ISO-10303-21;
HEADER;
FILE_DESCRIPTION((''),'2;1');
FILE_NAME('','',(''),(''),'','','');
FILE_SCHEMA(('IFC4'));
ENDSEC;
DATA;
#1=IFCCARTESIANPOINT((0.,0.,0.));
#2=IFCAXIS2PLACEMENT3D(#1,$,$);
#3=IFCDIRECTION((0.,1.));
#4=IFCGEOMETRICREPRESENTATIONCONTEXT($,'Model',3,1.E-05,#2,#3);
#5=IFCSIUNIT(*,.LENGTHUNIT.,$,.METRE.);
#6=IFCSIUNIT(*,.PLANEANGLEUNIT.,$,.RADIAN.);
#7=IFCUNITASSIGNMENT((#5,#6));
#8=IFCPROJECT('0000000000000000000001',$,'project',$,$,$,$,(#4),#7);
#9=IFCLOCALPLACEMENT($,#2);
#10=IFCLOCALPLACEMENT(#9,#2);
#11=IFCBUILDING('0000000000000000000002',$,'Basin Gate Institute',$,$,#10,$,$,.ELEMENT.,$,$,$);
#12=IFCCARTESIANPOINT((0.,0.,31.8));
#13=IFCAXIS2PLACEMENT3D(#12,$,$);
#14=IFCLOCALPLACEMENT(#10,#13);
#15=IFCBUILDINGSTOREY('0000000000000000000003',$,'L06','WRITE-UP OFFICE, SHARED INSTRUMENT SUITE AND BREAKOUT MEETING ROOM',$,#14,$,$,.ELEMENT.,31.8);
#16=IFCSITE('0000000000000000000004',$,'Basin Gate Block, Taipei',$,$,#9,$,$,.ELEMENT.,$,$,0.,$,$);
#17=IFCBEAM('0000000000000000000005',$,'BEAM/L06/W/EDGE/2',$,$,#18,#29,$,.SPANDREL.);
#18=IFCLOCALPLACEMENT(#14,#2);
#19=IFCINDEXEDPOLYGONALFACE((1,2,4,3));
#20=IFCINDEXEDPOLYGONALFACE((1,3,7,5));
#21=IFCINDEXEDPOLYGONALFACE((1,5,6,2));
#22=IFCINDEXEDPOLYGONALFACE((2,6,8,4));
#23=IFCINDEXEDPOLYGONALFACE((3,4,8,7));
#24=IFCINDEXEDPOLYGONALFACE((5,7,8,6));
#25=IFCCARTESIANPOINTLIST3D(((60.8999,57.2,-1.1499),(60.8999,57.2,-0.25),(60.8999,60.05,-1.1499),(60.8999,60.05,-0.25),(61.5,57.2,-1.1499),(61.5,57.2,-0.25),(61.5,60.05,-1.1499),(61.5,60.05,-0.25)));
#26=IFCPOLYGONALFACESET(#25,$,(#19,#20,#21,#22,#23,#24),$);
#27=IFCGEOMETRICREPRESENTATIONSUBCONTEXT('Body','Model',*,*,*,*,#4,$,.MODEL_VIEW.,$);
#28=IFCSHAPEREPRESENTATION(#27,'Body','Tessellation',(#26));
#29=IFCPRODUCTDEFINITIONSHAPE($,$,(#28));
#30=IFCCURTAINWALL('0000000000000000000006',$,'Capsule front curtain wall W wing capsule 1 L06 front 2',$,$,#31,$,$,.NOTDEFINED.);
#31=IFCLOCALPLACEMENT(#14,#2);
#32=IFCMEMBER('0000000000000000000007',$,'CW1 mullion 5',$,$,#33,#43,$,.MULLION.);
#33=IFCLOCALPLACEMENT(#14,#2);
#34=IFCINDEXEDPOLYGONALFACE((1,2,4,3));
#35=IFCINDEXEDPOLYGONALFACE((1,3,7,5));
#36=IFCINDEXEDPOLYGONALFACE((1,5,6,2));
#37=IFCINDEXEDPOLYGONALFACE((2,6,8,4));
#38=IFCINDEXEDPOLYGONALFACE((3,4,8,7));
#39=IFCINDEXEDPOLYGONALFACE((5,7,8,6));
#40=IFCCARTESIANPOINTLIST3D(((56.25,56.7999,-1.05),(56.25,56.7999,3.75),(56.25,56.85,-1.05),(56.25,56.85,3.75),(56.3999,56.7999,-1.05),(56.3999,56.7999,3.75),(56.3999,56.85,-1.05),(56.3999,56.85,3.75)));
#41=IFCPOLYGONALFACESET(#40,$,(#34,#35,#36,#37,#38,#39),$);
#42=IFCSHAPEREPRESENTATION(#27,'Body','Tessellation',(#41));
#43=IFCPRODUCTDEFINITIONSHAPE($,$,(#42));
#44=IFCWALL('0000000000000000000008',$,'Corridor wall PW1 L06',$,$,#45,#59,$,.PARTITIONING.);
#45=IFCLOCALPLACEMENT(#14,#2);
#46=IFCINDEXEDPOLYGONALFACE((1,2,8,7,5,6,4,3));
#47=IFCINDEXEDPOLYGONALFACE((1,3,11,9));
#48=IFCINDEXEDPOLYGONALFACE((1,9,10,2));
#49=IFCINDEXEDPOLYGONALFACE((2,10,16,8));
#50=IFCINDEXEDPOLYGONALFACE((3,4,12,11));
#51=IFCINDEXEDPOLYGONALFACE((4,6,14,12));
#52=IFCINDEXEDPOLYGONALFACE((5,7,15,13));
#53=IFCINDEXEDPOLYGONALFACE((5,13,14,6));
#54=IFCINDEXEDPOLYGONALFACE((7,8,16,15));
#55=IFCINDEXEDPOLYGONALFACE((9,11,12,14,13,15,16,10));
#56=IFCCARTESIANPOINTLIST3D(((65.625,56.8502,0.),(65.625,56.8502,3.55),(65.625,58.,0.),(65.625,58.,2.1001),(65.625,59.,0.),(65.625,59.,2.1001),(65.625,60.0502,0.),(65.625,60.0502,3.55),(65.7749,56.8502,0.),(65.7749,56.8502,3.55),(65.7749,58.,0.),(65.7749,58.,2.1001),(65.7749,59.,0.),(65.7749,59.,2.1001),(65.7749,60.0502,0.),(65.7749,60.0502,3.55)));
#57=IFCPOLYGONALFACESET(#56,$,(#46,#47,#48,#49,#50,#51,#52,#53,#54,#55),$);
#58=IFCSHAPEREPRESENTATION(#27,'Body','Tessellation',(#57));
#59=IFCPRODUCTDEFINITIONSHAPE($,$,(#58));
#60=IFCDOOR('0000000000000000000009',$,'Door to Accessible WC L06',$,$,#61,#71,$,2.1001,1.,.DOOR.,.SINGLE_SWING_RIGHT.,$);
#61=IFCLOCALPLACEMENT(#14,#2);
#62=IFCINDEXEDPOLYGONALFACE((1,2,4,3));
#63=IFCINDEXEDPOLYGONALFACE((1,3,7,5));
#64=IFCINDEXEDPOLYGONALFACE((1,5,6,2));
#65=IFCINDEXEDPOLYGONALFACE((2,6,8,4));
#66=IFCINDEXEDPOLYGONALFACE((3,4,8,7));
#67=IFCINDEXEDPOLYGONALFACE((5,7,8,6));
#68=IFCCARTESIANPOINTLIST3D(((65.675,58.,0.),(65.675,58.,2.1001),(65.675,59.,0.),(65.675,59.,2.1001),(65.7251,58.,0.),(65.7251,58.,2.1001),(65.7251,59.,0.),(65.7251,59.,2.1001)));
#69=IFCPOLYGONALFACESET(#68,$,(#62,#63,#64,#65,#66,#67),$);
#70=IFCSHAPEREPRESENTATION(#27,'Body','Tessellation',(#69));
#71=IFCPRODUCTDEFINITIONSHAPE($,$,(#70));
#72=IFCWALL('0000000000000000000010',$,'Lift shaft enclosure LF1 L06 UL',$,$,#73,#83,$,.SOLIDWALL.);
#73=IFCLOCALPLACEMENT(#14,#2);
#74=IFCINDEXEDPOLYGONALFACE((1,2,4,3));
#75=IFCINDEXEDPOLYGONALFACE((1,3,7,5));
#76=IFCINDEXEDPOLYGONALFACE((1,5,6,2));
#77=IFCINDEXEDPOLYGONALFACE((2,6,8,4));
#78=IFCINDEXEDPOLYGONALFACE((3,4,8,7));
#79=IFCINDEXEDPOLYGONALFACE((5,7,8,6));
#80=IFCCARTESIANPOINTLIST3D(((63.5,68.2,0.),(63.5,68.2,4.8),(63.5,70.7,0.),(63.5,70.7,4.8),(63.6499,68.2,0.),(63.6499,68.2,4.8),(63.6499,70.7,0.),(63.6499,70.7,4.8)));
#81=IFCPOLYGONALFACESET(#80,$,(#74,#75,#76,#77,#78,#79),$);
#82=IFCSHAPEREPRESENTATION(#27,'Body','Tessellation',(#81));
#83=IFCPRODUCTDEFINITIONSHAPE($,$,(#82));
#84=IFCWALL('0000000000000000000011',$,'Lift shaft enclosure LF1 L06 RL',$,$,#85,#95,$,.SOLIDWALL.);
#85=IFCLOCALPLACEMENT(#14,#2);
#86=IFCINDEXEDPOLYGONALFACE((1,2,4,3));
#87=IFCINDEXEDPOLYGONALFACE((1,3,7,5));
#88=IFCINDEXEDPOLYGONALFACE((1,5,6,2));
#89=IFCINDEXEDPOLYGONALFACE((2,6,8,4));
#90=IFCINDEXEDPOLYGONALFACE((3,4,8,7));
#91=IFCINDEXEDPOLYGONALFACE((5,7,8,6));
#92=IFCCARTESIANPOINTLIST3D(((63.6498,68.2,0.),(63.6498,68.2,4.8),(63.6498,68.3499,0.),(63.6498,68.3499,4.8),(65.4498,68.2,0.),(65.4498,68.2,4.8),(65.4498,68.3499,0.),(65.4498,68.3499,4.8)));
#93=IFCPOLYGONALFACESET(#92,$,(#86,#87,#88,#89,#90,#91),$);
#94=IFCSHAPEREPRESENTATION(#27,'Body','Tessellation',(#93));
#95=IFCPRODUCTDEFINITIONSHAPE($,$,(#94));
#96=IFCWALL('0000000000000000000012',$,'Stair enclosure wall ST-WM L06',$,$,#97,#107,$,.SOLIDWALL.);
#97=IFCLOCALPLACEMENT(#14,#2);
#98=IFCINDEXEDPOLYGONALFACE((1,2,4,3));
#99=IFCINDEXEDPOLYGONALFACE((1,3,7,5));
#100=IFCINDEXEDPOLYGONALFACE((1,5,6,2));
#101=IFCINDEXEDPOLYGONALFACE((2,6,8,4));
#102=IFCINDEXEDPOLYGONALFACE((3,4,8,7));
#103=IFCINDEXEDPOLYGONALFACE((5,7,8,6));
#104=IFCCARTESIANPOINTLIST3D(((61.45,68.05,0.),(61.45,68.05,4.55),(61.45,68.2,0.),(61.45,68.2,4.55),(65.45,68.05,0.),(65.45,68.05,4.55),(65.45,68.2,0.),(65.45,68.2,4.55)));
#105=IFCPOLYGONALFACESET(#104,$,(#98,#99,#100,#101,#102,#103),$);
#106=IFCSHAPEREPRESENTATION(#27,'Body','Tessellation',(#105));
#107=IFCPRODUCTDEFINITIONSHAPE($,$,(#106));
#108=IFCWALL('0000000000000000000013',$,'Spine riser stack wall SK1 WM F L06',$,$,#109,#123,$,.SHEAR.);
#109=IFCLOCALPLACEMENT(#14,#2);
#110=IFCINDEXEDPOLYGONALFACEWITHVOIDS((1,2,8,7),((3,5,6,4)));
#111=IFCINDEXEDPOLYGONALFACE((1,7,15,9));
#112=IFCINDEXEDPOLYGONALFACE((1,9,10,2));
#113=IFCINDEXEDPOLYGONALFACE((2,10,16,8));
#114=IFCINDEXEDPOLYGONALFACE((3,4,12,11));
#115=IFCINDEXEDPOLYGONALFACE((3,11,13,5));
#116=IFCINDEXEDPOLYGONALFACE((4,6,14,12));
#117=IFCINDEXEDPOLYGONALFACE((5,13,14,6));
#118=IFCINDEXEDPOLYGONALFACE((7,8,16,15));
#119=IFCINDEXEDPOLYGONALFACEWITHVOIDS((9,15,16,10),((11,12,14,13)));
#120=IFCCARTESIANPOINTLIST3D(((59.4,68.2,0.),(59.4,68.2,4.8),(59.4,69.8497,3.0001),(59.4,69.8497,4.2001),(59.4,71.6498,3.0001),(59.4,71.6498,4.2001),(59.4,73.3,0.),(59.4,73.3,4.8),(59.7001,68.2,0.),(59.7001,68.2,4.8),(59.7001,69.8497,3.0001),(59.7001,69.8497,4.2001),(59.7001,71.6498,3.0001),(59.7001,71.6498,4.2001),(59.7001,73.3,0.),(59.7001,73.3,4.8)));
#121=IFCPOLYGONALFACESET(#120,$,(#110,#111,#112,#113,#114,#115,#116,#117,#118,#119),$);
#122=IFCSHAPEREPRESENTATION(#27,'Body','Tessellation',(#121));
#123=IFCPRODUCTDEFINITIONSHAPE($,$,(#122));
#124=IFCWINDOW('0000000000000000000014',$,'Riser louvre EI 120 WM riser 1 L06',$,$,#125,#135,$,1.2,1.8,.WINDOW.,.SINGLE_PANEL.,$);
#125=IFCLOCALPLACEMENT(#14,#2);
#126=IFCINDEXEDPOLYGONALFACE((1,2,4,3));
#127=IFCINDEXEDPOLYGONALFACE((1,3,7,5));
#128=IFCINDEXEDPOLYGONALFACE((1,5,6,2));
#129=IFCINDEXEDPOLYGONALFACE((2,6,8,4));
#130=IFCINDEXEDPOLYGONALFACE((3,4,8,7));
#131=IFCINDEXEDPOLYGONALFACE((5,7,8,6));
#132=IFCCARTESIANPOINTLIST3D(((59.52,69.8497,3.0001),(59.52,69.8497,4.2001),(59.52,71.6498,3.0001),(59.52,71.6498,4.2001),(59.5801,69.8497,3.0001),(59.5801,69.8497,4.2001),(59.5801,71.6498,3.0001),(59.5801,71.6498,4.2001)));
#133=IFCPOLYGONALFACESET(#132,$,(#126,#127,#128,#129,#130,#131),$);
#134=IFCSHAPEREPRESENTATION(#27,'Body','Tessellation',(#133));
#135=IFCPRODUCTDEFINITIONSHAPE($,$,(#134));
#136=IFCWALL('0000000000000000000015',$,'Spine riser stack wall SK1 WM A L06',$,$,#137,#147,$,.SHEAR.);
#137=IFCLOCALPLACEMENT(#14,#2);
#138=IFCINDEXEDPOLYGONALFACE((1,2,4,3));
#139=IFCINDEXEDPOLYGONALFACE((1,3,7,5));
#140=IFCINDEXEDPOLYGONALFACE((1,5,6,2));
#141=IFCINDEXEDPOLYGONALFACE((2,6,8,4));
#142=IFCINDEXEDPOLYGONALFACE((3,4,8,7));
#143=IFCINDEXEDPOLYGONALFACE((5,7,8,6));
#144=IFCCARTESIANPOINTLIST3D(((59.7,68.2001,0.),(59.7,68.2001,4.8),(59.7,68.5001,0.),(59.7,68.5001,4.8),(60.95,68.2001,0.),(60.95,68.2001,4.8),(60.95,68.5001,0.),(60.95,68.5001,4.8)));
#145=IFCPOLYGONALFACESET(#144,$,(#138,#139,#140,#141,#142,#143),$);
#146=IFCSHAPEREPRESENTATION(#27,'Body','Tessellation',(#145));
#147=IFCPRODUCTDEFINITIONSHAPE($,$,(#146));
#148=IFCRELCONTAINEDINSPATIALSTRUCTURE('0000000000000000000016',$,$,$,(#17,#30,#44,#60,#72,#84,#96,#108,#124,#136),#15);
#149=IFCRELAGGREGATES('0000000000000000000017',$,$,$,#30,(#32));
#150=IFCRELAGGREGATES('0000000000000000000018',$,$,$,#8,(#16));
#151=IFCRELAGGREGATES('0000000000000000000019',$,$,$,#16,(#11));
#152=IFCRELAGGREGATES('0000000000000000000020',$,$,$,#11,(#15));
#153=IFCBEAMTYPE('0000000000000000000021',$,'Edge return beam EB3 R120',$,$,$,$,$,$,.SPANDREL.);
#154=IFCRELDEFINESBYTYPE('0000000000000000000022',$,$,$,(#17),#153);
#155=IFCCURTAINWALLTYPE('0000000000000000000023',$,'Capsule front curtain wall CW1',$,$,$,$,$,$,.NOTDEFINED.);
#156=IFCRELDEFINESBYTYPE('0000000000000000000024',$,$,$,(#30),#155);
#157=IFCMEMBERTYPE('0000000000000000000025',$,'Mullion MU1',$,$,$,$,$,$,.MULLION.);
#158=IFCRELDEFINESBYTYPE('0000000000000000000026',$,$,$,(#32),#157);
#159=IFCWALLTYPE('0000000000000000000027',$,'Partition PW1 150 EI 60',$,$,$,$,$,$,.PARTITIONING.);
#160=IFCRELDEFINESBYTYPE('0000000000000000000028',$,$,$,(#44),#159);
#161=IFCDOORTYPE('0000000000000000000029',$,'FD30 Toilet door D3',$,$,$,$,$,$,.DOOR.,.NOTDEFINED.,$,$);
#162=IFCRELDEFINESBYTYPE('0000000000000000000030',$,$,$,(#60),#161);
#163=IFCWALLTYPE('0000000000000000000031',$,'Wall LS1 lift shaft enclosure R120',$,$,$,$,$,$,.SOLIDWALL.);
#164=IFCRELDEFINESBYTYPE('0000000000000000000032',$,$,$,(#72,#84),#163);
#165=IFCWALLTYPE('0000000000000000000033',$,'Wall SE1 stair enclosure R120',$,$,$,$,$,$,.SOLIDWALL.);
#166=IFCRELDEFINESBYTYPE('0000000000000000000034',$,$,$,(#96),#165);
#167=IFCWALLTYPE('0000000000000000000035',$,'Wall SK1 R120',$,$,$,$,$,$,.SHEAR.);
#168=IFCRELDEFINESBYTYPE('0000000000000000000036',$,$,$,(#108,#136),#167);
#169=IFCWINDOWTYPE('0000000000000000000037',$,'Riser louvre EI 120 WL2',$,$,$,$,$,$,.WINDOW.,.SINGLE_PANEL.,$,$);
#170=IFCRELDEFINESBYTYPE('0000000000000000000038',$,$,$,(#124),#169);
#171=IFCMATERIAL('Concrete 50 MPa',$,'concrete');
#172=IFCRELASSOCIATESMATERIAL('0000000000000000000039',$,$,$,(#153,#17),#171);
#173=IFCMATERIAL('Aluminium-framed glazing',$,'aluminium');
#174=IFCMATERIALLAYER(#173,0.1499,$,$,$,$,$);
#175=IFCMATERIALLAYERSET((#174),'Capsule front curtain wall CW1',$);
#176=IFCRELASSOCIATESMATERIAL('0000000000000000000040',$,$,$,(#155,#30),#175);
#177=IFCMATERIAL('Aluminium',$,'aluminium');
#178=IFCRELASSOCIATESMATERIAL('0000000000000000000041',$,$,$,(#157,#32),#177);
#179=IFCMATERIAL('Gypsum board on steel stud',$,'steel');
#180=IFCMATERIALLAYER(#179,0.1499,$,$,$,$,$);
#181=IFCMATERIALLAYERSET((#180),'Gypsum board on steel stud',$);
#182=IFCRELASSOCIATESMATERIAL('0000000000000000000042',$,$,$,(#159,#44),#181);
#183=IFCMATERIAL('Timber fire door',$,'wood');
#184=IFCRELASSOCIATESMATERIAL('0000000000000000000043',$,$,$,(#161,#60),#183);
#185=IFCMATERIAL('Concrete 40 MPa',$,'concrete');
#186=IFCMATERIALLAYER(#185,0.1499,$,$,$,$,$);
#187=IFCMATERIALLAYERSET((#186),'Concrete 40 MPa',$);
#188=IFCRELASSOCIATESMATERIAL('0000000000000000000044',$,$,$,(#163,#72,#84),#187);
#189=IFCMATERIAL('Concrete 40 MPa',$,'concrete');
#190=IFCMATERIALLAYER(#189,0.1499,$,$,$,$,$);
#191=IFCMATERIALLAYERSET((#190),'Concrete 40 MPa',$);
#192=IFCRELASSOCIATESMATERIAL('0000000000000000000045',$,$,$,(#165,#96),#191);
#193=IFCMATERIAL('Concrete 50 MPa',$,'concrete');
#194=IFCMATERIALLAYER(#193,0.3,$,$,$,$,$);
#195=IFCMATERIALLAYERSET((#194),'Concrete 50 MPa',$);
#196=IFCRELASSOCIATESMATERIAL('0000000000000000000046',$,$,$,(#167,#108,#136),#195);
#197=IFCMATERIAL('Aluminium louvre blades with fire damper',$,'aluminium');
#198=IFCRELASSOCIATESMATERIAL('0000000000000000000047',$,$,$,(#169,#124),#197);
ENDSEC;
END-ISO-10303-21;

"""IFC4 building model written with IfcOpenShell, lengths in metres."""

from ifc_helpers import new_model, si_unit, direction, frame, frame_2d, origin, origin_2d, place, context, subcontext, project, spatial, rectangle, extrude, material, layer, layer_set, material_profile, profile_set, type_object, element, fill, aggregate, save


model = new_model("IFC4")

# Units and contexts
model_context = context("Model", 3, precision=1e-05, world=origin(), true_north=direction((0.0, 1.0)))
body_context = subcontext(model_context, "Body", "Model", "MODEL_VIEW")
ifc_project = project(units=[si_unit("LENGTHUNIT", "METRE"), si_unit("PLANEANGLEUNIT", "RADIAN")], contexts=[model_context])

# Site, building, storey
site_placement = place(None, origin())
site = spatial("IfcSite", under=ifc_project, at=site_placement, Name="Basin Gate Block, Taipei", CompositionType="ELEMENT", RefElevation=0.0)
building_placement = place(site_placement, origin())
building = spatial("IfcBuilding", under=site, at=building_placement, Name="Basin Gate Institute", CompositionType="ELEMENT")
storey_placement = place(building_placement, frame((0.0, 0.0, 31.8)))
storey = spatial("IfcBuildingStorey", under=building, at=storey_placement, Name="L06", Description="WRITE-UP OFFICE, SHARED INSTRUMENT SUITE AND BREAKOUT MEETING ROOM", CompositionType="ELEMENT", Elevation=31.8)

# Beam
ifc_material_1 = material(Name="Concrete 50 MPa", Category="concrete")
ifc_material_profile_1 = material_profile(ifc_material_1, rectangle(XDim=0.6001, YDim=0.8999, at=origin_2d()), Name="Edge return beam EB3 600 x 900")
ifc_profile_set_1 = profile_set([ifc_material_profile_1], Name="Concrete 50 MPa")
beam_type = type_object("IfcBeamType", Name="Edge return beam EB3 R120", PredefinedType="SPANDREL", material=ifc_profile_set_1)
beam_placement = place(storey_placement, frame((61.2, 57.2, -0.7), z_axis=(0.0, 1.0, 0.0), x_axis=(-1.0, 0.0, 0.0)))
element("IfcBeam", 1, at=beam_placement, inside=storey, type_object=beam_type, material=ifc_profile_set_1, Name="BEAM/L06/W/EDGE/2", PredefinedType="SPANDREL", context=body_context, shape_type="SweptSolid", body=[
    extrude(rectangle(XDim=0.6001, YDim=0.8999, at=origin_2d()), origin(), (0.0, 0.0, 1.0), 2.8501),
])

# Curtain wall, member
ifc_material_2 = material(Name="Aluminium-framed glazing", Category="aluminium")
ifc_layer_1 = layer(ifc_material_2, 0.1499)
ifc_layer_set_1 = layer_set([ifc_layer_1], Name="Capsule front curtain wall CW1")
curtain_wall_type = type_object("IfcCurtainWallType", Name="Capsule front curtain wall CW1", PredefinedType="NOTDEFINED", material=ifc_layer_set_1)
curtain_wall_placement = place(storey_placement, origin())
curtain_wall = element("IfcCurtainWall", 2, at=curtain_wall_placement, inside=storey, type_object=curtain_wall_type, material=ifc_layer_set_1, Name="Capsule front curtain wall W wing capsule 1 L06 front 2", PredefinedType="NOTDEFINED")
ifc_material_3 = material(Name="Aluminium", Category="aluminium")
ifc_material_profile_2 = material_profile(ifc_material_3, rectangle(XDim=0.1499, YDim=0.05, at=origin_2d()), Name="Mullion MU1 150 x 50")
ifc_profile_set_2 = profile_set([ifc_material_profile_2], Name="Aluminium")
member_type = type_object("IfcMemberType", Name="Mullion MU1", PredefinedType="MULLION", material=ifc_profile_set_2)
member_placement = place(storey_placement, frame((56.325, 56.825, -1.05), z_axis=(0.0, 0.0, 1.0), x_axis=(-1.0, 0.0, 0.0)))
member = element("IfcMember", 3, at=member_placement, type_object=member_type, material=ifc_profile_set_2, Name="CW1 mullion 5", PredefinedType="MULLION", context=body_context, shape_type="SweptSolid", body=[
    extrude(rectangle(XDim=0.1499, YDim=0.05, at=origin_2d()), origin(), (0.0, 0.0, 1.0), 4.8),
])
aggregate(curtain_wall, [member])

# Wall, opening, door
ifc_material_4 = material(Name="Gypsum board on steel stud", Category="steel")
ifc_layer_2 = layer(ifc_material_4, 0.1499)
ifc_layer_set_2 = layer_set([ifc_layer_2], Name="Gypsum board on steel stud")
wall_type_1 = type_object("IfcWallType", Name="Partition PW1 150 EI 60", PredefinedType="PARTITIONING", material=ifc_layer_set_2)
wall_1_placement = place(storey_placement, frame((65.7, 56.8501, 0.0), z_axis=(0.0, 0.0, 1.0), x_axis=(0.0, 1.0, 0.0)))
wall_1 = element("IfcWall", 4, at=wall_1_placement, inside=storey, type_object=wall_type_1, material=ifc_layer_set_2, Name="Corridor wall PW1 L06", PredefinedType="PARTITIONING", context=body_context, shape_type="SweptSolid", body=[
    extrude(rectangle(XDim=3.2, YDim=0.1499, at=frame_2d((1.6001, 0.0))), origin(), (0.0, 0.0, 1.0), 3.55),
])
opening_1_placement = place(wall_1_placement, frame((1.1499, 0.0, 0.0)))
opening_1 = element("IfcOpeningElement", 5, at=opening_1_placement, cuts=wall_1, PredefinedType="OPENING", context=body_context, shape_type="SweptSolid", body=[
    extrude(rectangle(XDim=1.0, YDim=2.1001, at=frame_2d((0.5, 1.05))), frame((0.0, 0.085, 0.0), z_axis=(0.0, -1.0, 0.0), x_axis=(1.0, 0.0, 0.0)), (0.0, 0.0, 1.0), 0.1699),
])
ifc_material_5 = material(Name="Timber fire door", Category="wood")
door_type_1 = type_object("IfcDoorType", Name="FD30 Toilet door D3", OperationType="NOTDEFINED", PredefinedType="DOOR", material=ifc_material_5)
door_1_placement = place(opening_1_placement, origin())
door_1 = element("IfcDoor", 6, at=door_1_placement, inside=storey, type_object=door_type_1, material=ifc_material_5, Name="Door to Accessible WC L06", OperationType="SINGLE_SWING_RIGHT", OverallHeight=2.1001, OverallWidth=1.0, PredefinedType="DOOR", context=body_context, shape_type="SweptSolid", body=[
    extrude(rectangle(XDim=1.0, YDim=2.1001, at=frame_2d((0.5, 1.05))), frame((0.0, 0.0249, 0.0), z_axis=(0.0, -1.0, 0.0), x_axis=(1.0, 0.0, 0.0)), (0.0, 0.0, 1.0), 0.05),
])
fill(opening_1, door_1)

# Walls
ifc_material_6 = material(Name="Concrete 40 MPa", Category="concrete")
ifc_layer_3 = layer(ifc_material_6, 0.1499)
ifc_layer_set_3 = layer_set([ifc_layer_3], Name="Concrete 40 MPa")
wall_type_2 = type_object("IfcWallType", Name="Wall LS1 lift shaft enclosure R120", PredefinedType="SOLIDWALL", material=ifc_layer_set_3)
wall_2_placement = place(storey_placement, frame((63.575, 68.2, 0.0), z_axis=(0.0, 0.0, 1.0), x_axis=(0.0, 1.0, 0.0)))
element("IfcWall", 7, at=wall_2_placement, inside=storey, type_object=wall_type_2, material=ifc_layer_set_3, Name="Lift shaft enclosure LF1 L06 UL", PredefinedType="SOLIDWALL", context=body_context, shape_type="SweptSolid", body=[
    extrude(rectangle(XDim=2.5, YDim=0.1499, at=frame_2d((1.25, 0.0))), origin(), (0.0, 0.0, 1.0), 4.8),
])
wall_3_placement = place(storey_placement, frame((63.6499, 68.2749, 0.0), z_axis=(0.0, 0.0, 1.0), x_axis=(1.0, 0.0, 0.0)))
element("IfcWall", 8, at=wall_3_placement, inside=storey, type_object=wall_type_2, material=ifc_layer_set_3, Name="Lift shaft enclosure LF1 L06 RL", PredefinedType="SOLIDWALL", context=body_context, shape_type="SweptSolid", body=[
    extrude(rectangle(XDim=1.8, YDim=0.1499, at=frame_2d((0.8999, 0.0))), origin(), (0.0, 0.0, 1.0), 4.8),
])
ifc_material_7 = material(Name="Concrete 40 MPa", Category="concrete")
ifc_layer_4 = layer(ifc_material_7, 0.1499)
ifc_layer_set_4 = layer_set([ifc_layer_4], Name="Concrete 40 MPa")
wall_type_3 = type_object("IfcWallType", Name="Wall SE1 stair enclosure R120", PredefinedType="SOLIDWALL", material=ifc_layer_set_4)
wall_4_placement = place(storey_placement, frame((61.45, 68.125, 0.0), z_axis=(0.0, 0.0, 1.0), x_axis=(1.0, 0.0, 0.0)))
element("IfcWall", 9, at=wall_4_placement, inside=storey, type_object=wall_type_3, material=ifc_layer_set_4, Name="Stair enclosure wall ST-WM L06", PredefinedType="SOLIDWALL", context=body_context, shape_type="SweptSolid", body=[
    extrude(rectangle(XDim=4.0, YDim=0.1499, at=frame_2d((2.0, 0.0))), origin(), (0.0, 0.0, 1.0), 4.55),
])

# Wall, opening, window
ifc_material_8 = material(Name="Concrete 50 MPa", Category="concrete")
ifc_layer_5 = layer(ifc_material_8, 0.3)
ifc_layer_set_5 = layer_set([ifc_layer_5], Name="Concrete 50 MPa")
wall_type_4 = type_object("IfcWallType", Name="Wall SK1 R120", PredefinedType="SHEAR", material=ifc_layer_set_5)
wall_5_placement = place(storey_placement, frame((59.55, 68.2, 0.0), z_axis=(0.0, 0.0, 1.0), x_axis=(0.0, 1.0, 0.0)))
wall_5 = element("IfcWall", 10, at=wall_5_placement, inside=storey, type_object=wall_type_4, material=ifc_layer_set_5, Name="Spine riser stack wall SK1 WM F L06", PredefinedType="SHEAR", context=body_context, shape_type="SweptSolid", body=[
    extrude(rectangle(XDim=5.1001, YDim=0.3, at=frame_2d((2.55, 0.0))), origin(), (0.0, 0.0, 1.0), 4.8),
])
opening_2_placement = place(wall_5_placement, frame((1.6499, 0.0, 3.0)))
opening_2 = element("IfcOpeningElement", 11, at=opening_2_placement, cuts=wall_5, PredefinedType="OPENING", context=body_context, shape_type="SweptSolid", body=[
    extrude(rectangle(XDim=1.8, YDim=1.2, at=frame_2d((0.8999, 0.6001))), frame((0.0, 0.1602, 0.0), z_axis=(0.0, -1.0, 0.0), x_axis=(1.0, 0.0, 0.0)), (0.0, 0.0, 1.0), 0.3201),
])
ifc_material_9 = material(Name="Aluminium louvre blades with fire damper", Category="aluminium")
window_type_1 = type_object("IfcWindowType", Name="Riser louvre EI 120 WL2", PartitioningType="SINGLE_PANEL", PredefinedType="WINDOW", material=ifc_material_9)
window_1_placement = place(opening_2_placement, origin())
window_1 = element("IfcWindow", 12, at=window_1_placement, inside=storey, type_object=window_type_1, material=ifc_material_9, Name="Riser louvre EI 120 WM riser 1 L06", OverallHeight=1.2, OverallWidth=1.8, PartitioningType="SINGLE_PANEL", PredefinedType="WINDOW", context=body_context, shape_type="SweptSolid", body=[
    extrude(rectangle(XDim=1.8, YDim=1.2, at=frame_2d((0.8999, 0.6001))), frame((0.0, 0.03, 0.0), z_axis=(0.0, -1.0, 0.0), x_axis=(1.0, 0.0, 0.0)), (0.0, 0.0, 1.0), 0.0601),
])
fill(opening_2, window_1)

# Wall
wall_6_placement = place(storey_placement, frame((60.95, 68.3501, 0.0), z_axis=(0.0, 0.0, 1.0), x_axis=(-1.0, 0.0, 0.0)))
element("IfcWall", 13, at=wall_6_placement, inside=storey, type_object=wall_type_4, material=ifc_layer_set_5, Name="Spine riser stack wall SK1 WM A L06", PredefinedType="SHEAR", context=body_context, shape_type="SweptSolid", body=[
    extrude(rectangle(XDim=1.25, YDim=0.3, at=frame_2d((0.625, 0.0))), origin(), (0.0, 0.0, 1.0), 4.8),
])

save(model, "model.ifc")
